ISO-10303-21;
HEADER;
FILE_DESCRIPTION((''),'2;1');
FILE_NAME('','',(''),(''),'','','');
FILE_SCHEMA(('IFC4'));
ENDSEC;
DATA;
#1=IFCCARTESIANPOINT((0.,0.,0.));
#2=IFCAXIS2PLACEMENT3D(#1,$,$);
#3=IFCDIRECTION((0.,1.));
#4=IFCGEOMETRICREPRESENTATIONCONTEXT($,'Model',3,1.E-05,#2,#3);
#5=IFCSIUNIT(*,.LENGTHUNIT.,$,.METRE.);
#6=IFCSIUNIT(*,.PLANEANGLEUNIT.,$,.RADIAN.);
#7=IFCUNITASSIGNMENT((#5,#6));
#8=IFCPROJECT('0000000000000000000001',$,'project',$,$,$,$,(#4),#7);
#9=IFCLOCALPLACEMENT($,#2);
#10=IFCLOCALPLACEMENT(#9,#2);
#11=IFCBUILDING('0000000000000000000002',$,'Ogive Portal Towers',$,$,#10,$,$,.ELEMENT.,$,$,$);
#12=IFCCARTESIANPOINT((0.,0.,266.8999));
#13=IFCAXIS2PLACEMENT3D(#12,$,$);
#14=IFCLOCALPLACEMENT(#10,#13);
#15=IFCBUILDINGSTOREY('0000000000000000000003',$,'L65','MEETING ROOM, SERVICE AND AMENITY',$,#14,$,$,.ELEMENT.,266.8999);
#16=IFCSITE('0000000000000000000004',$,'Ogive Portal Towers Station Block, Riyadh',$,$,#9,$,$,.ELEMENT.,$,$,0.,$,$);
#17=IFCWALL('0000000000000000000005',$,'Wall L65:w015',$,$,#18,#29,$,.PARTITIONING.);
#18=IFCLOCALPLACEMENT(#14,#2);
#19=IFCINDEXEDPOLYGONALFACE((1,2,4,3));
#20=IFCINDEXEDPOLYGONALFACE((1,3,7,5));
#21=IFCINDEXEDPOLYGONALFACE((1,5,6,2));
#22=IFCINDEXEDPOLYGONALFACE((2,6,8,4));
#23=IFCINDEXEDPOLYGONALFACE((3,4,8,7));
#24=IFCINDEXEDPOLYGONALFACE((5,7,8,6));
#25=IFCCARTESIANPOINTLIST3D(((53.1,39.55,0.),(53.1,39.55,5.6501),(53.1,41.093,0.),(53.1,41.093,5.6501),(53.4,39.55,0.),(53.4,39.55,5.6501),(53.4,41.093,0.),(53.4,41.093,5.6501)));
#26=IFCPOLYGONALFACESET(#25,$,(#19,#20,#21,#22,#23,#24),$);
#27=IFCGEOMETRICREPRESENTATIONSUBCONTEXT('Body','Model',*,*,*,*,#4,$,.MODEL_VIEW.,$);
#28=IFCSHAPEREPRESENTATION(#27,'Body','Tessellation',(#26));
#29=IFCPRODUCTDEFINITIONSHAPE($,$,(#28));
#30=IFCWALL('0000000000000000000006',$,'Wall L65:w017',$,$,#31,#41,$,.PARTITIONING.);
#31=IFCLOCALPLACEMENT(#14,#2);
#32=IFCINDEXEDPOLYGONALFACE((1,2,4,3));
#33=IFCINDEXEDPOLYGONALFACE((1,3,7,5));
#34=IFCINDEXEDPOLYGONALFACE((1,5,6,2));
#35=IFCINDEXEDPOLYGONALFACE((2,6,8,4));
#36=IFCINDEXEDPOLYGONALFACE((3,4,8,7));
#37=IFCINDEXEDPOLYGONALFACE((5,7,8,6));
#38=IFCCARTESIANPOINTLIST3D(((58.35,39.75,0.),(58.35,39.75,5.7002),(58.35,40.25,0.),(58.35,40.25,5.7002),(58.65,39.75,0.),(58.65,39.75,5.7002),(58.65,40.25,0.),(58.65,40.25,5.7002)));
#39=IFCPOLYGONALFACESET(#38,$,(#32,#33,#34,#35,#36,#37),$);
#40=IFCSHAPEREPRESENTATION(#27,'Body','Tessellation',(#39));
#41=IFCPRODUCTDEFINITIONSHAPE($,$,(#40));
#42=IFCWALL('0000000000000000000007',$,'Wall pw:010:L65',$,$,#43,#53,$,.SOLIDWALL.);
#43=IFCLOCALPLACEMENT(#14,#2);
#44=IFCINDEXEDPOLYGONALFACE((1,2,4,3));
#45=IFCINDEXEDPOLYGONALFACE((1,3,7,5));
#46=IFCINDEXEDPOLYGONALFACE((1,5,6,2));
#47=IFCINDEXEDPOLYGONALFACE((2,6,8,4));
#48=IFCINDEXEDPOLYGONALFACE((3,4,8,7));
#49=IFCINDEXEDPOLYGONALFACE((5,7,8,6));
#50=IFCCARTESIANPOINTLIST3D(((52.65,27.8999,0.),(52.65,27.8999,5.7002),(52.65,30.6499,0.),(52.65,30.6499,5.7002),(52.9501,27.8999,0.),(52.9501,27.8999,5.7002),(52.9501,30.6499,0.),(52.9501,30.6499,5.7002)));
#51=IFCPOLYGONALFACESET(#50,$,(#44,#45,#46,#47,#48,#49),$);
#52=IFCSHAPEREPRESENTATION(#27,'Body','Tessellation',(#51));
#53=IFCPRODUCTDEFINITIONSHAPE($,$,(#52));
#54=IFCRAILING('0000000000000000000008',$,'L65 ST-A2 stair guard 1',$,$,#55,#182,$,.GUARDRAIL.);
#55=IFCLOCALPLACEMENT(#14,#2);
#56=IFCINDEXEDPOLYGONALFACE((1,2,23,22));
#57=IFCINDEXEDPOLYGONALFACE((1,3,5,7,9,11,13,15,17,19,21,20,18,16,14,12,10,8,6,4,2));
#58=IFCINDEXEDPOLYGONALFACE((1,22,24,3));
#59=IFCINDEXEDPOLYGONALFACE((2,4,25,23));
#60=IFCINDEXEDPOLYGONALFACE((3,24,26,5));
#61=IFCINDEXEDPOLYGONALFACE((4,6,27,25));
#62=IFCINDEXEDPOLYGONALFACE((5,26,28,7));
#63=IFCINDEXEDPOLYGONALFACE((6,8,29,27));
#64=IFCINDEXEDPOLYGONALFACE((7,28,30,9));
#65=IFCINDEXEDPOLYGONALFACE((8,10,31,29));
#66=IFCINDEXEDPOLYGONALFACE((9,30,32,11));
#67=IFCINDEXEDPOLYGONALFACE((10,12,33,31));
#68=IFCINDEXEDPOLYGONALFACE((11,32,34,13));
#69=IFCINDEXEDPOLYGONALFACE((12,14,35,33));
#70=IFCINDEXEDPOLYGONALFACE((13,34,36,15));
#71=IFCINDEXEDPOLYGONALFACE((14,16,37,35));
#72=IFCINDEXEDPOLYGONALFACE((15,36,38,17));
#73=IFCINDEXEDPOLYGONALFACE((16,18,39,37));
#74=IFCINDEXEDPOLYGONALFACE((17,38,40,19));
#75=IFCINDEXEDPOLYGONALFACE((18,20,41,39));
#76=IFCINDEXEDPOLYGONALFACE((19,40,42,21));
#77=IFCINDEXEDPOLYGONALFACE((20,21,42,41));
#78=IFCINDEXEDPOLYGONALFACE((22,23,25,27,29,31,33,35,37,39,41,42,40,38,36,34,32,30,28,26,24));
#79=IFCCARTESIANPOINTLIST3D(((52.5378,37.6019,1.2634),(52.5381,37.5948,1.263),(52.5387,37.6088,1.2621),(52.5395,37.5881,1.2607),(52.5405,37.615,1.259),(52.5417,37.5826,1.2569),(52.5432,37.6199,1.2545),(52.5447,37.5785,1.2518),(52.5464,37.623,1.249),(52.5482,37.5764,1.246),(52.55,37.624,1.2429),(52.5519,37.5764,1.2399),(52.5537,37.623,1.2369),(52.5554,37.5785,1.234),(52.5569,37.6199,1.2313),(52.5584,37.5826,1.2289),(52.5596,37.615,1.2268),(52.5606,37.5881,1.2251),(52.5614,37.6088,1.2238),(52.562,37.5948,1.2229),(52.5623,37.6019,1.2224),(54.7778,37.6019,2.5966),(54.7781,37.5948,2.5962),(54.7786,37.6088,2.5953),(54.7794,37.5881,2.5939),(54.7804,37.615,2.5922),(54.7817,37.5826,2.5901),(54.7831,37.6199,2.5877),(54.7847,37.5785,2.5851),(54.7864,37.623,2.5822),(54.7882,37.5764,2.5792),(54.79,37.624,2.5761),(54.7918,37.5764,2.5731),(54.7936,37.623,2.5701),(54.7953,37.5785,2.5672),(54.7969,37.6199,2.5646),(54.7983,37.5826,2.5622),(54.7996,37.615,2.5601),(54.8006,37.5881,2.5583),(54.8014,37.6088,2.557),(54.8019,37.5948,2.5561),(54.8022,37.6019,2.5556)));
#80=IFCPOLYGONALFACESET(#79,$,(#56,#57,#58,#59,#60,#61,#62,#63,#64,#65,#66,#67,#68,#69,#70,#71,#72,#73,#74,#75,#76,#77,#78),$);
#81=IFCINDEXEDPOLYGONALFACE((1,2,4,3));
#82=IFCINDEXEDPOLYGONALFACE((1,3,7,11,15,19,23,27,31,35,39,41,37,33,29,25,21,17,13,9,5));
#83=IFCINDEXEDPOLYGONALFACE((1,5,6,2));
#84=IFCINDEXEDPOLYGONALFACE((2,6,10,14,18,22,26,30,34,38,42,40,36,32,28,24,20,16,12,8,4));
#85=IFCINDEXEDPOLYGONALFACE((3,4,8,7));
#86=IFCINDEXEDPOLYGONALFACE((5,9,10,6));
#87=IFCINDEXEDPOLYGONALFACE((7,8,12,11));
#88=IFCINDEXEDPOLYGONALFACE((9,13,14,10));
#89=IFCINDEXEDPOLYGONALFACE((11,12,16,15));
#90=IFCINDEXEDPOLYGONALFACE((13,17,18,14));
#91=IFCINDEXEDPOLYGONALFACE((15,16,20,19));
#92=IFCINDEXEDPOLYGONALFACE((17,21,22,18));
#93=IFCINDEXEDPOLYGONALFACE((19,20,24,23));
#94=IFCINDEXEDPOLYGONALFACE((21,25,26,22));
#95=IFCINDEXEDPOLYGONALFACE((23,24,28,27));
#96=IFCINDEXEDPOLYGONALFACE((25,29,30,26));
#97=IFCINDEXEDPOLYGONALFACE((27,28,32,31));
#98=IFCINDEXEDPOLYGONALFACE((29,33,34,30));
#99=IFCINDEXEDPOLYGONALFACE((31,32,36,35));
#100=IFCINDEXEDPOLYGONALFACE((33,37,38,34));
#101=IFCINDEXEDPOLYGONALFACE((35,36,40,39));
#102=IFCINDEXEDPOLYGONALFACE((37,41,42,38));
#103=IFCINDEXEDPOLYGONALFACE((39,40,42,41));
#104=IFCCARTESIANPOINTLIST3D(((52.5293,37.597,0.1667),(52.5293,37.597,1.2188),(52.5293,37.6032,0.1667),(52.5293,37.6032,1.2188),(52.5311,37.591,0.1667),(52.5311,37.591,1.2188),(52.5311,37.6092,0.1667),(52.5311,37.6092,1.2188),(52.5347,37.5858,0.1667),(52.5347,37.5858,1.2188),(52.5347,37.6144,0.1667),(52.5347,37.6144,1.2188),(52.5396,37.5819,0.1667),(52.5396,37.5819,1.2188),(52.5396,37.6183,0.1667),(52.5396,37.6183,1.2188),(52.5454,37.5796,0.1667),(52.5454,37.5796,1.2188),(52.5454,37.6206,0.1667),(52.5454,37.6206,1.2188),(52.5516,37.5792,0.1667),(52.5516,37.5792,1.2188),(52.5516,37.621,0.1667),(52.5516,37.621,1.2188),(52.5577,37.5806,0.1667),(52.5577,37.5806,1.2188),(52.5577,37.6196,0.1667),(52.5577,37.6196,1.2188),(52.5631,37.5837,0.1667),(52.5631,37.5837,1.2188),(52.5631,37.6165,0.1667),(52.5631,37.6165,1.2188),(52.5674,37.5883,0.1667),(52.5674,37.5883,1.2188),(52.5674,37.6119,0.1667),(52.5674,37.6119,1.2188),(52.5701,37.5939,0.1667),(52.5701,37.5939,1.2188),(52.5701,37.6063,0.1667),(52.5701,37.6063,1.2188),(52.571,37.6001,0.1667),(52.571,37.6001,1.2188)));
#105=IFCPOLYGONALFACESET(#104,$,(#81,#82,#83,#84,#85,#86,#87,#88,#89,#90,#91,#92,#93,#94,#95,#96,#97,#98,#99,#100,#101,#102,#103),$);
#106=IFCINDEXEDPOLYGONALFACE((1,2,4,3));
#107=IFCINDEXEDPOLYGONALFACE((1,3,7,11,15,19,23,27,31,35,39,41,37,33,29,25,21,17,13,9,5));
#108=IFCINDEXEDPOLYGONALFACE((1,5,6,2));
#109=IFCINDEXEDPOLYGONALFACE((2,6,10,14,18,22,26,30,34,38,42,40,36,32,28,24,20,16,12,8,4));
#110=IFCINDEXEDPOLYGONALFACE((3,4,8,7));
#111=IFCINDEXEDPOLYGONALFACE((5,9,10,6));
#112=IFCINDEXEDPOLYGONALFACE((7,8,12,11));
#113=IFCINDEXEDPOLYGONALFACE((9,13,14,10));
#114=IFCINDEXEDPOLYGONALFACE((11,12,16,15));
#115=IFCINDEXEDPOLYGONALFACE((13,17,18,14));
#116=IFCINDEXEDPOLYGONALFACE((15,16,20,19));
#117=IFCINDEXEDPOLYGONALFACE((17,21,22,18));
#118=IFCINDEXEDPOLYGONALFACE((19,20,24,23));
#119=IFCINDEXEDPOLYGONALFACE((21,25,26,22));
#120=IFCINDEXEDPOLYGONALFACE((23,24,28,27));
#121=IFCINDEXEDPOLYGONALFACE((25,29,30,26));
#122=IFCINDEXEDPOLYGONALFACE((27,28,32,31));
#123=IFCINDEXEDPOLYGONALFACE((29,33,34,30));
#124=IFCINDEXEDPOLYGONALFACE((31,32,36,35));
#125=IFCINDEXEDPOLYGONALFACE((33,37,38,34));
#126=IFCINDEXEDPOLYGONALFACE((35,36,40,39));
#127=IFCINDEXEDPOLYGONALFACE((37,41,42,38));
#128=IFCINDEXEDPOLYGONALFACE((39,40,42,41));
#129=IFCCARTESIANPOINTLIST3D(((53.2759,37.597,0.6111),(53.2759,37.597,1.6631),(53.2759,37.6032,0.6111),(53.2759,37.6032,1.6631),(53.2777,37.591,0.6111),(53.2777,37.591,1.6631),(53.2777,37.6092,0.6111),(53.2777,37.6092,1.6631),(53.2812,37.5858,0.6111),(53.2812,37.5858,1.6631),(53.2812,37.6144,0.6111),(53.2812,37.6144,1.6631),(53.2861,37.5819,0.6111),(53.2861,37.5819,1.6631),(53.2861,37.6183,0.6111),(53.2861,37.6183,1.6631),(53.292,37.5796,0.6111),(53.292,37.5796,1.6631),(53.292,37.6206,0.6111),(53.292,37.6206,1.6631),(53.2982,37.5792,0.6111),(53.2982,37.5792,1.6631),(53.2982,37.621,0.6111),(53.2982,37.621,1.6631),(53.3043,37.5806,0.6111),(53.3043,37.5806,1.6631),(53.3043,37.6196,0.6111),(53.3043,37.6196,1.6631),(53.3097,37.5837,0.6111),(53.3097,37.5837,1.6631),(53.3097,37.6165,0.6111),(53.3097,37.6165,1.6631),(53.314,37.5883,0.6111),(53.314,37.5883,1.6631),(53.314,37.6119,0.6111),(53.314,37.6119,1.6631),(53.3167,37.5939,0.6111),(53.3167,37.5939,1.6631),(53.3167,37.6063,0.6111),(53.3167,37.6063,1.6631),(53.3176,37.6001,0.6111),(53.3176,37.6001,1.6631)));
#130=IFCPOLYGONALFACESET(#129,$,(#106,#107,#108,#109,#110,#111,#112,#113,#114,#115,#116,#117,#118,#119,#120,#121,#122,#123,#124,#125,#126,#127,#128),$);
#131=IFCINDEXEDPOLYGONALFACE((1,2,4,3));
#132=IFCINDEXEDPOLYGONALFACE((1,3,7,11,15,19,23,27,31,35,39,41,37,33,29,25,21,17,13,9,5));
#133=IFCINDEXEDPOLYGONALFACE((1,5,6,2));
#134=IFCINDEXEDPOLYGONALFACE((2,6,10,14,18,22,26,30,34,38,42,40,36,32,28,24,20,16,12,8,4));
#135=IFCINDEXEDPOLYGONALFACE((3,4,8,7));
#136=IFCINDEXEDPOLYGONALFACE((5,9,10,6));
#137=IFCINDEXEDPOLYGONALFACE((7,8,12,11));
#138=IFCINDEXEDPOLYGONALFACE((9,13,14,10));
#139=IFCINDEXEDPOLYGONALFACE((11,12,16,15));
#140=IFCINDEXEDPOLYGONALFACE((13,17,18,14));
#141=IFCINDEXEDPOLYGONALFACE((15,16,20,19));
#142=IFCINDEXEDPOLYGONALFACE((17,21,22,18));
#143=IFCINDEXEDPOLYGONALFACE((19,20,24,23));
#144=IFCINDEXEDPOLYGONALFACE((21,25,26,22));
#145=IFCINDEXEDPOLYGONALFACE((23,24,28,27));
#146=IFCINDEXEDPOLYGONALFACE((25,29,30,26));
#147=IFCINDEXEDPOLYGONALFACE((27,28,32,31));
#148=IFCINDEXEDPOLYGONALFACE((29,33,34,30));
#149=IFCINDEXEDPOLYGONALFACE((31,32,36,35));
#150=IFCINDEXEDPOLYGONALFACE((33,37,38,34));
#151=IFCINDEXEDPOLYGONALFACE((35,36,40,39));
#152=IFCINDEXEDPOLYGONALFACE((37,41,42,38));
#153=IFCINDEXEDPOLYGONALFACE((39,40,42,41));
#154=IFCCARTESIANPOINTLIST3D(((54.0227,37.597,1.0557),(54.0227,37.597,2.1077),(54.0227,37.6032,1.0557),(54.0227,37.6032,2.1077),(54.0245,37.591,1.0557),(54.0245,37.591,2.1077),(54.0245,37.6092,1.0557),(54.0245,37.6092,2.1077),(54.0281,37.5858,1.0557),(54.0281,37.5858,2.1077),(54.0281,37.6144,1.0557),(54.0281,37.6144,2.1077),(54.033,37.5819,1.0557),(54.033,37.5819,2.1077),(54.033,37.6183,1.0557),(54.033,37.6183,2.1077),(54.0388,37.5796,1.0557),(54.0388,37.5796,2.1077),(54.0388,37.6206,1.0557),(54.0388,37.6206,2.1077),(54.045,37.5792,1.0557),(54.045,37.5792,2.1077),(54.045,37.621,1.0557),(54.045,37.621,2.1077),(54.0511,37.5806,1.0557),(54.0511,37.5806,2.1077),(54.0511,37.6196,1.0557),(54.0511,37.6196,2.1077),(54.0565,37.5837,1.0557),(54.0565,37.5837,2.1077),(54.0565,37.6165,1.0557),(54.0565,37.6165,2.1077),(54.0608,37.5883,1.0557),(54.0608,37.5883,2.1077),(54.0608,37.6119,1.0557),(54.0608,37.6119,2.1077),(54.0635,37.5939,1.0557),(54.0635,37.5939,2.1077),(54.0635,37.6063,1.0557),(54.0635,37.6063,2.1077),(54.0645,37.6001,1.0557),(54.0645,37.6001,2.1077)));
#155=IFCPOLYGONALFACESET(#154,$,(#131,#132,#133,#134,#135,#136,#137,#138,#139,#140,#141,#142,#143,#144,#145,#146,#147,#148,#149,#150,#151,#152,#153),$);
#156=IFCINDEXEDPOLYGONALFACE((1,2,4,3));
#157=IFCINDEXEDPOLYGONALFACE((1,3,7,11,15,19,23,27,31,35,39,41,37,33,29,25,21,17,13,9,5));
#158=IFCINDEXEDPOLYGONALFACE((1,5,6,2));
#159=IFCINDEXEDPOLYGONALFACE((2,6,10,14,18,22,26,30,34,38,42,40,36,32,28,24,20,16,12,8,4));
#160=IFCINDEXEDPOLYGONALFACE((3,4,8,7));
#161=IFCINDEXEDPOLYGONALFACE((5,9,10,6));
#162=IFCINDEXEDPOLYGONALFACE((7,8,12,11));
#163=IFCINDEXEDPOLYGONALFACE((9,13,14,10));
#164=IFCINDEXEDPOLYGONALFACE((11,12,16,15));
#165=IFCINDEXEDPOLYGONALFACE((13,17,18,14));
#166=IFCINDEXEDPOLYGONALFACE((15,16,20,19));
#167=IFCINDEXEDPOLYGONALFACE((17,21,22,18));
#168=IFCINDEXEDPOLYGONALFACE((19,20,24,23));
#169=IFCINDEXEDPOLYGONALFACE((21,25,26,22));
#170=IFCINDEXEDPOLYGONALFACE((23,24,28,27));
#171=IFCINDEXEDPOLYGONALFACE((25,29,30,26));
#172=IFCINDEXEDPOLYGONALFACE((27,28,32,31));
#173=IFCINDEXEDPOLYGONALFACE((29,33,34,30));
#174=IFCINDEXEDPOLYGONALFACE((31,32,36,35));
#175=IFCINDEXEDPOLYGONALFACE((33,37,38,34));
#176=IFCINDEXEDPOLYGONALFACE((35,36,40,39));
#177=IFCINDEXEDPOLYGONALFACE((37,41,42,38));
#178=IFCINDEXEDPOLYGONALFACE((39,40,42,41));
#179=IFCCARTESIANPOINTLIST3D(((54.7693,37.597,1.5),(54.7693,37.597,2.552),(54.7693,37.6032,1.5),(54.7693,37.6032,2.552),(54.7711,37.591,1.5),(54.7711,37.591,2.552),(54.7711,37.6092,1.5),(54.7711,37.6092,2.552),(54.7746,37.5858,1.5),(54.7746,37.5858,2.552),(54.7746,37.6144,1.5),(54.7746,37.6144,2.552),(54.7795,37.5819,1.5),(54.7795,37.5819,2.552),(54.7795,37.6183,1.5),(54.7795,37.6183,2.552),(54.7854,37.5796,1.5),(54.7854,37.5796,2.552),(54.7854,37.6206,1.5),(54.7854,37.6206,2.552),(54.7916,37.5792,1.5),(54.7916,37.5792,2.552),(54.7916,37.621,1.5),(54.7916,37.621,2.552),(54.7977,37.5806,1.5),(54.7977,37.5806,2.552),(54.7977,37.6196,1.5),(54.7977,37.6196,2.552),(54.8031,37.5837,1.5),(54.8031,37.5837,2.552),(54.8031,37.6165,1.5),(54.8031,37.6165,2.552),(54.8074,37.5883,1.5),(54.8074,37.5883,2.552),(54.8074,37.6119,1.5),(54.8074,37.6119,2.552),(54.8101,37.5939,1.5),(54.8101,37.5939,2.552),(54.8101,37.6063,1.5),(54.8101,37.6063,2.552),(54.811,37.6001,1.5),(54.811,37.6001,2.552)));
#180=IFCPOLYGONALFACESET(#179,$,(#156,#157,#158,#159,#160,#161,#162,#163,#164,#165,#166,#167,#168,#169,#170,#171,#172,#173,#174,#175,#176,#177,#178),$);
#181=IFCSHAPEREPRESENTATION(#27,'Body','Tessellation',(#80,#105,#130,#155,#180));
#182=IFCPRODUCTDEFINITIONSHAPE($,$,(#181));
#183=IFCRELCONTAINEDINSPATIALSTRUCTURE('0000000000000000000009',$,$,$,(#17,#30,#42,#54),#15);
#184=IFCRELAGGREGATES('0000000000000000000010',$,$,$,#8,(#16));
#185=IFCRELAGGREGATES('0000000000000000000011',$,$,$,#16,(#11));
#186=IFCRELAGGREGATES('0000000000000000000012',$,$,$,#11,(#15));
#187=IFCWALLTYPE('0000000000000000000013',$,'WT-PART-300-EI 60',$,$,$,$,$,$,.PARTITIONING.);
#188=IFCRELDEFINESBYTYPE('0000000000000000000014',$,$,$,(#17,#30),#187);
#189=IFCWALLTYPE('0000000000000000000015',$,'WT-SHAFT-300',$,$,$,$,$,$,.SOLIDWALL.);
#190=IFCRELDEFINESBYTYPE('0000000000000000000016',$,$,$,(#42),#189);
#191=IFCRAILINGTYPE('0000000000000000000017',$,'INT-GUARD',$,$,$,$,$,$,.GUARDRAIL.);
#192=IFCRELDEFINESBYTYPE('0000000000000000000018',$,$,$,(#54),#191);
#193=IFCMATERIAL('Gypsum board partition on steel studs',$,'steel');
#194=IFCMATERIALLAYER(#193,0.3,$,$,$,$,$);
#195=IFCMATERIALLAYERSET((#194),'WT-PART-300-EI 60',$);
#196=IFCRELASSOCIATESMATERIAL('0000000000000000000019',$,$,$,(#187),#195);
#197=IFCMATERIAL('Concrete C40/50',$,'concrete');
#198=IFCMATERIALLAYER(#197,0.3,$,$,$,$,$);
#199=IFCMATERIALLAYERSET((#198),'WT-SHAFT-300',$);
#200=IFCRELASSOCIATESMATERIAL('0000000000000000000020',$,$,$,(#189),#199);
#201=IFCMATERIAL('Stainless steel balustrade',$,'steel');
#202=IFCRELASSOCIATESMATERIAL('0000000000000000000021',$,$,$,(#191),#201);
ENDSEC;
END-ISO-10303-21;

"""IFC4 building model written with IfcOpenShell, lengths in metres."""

from ifc_helpers import new_model, si_unit, direction, frame, frame_2d, origin, origin_2d, place, context, subcontext, project, spatial, rectangle, circle, extrude, material, layer, layer_set, type_object, element, save


model = new_model("IFC4")

# Units and contexts
model_context = context("Model", 3, precision=1e-05, world=origin(), true_north=direction((0.0, 1.0)))
body_context = subcontext(model_context, "Body", "Model", "MODEL_VIEW")
ifc_project = project(units=[si_unit("LENGTHUNIT", "METRE"), si_unit("PLANEANGLEUNIT", "RADIAN")], contexts=[model_context])

# Site, building, storey
site_placement = place(None, origin())
site = spatial("IfcSite", under=ifc_project, at=site_placement, Name="Ogive Portal Towers Station Block, Riyadh", CompositionType="ELEMENT", RefElevation=0.0)
building_placement = place(site_placement, origin())
building = spatial("IfcBuilding", under=site, at=building_placement, Name="Ogive Portal Towers", CompositionType="ELEMENT")
storey_placement = place(building_placement, frame((0.0, 0.0, 266.8999)))
storey = spatial("IfcBuildingStorey", under=building, at=storey_placement, Name="L65", Description="MEETING ROOM, SERVICE AND AMENITY", CompositionType="ELEMENT", Elevation=266.8999)

# Shared definitions
ifc_material_1 = material(Name="Gypsum board partition on steel studs", Category="steel")

# Walls
ifc_layer_1 = layer(ifc_material_1, 0.3)
ifc_layer_set_1 = layer_set([ifc_layer_1], Name="WT-PART-300-EI 60")
wall_type_1 = type_object("IfcWallType", Name="WT-PART-300-EI 60", PredefinedType="PARTITIONING", material=ifc_layer_set_1)
wall_1_placement = place(storey_placement, frame((53.25, 39.55, 0.0), z_axis=(0.0, 0.0, 1.0), x_axis=(0.0, 1.0, 0.0)))
element("IfcWall", 1, at=wall_1_placement, inside=storey, type_object=wall_type_1, Name="Wall L65:w015", PredefinedType="PARTITIONING", context=body_context, shape_type="SweptSolid", body=[
    extrude(rectangle(XDim=1.543, YDim=0.3, at=frame_2d((0.7715, 0.0))), origin(), (0.0, 0.0, 1.0), 5.6501),
])
wall_2_placement = place(storey_placement, frame((58.5, 39.75, 0.0), z_axis=(0.0, 0.0, 1.0), x_axis=(0.0, 1.0, 0.0)))
element("IfcWall", 2, at=wall_2_placement, inside=storey, type_object=wall_type_1, Name="Wall L65:w017", PredefinedType="PARTITIONING", context=body_context, shape_type="SweptSolid", body=[
    extrude(rectangle(XDim=0.5, YDim=0.3, at=frame_2d((0.25, 0.0))), origin(), (0.0, 0.0, 1.0), 5.7002),
])

# Shared definitions
ifc_material_2 = material(Name="Concrete C40/50", Category="concrete")
ifc_layer_2 = layer(ifc_material_2, 0.3)
ifc_layer_set_2 = layer_set([ifc_layer_2], Name="WT-SHAFT-300")
wall_type_2 = type_object("IfcWallType", Name="WT-SHAFT-300", PredefinedType="SOLIDWALL", material=ifc_layer_set_2)

# Wall
wall_3_placement = place(storey_placement, frame((52.8, 27.8999, 0.0), z_axis=(0.0, 0.0, 1.0), x_axis=(0.0, 1.0, 0.0)))
element("IfcWall", 3, at=wall_3_placement, inside=storey, type_object=wall_type_2, Name="Wall pw:010:L65", PredefinedType="SOLIDWALL", context=body_context, shape_type="SweptSolid", body=[
    extrude(rectangle(XDim=2.75, YDim=0.3, at=frame_2d((1.375, 0.0))), origin(), (0.0, 0.0, 1.0), 5.7002),
])

# Railing
ifc_material_3 = material(Name="Stainless steel balustrade", Category="steel")
railing_type_1 = type_object("IfcRailingType", Name="INT-GUARD", PredefinedType="GUARDRAIL", material=ifc_material_3)
railing_1_placement = place(storey_placement, frame((52.55, 37.6001, 0.1667)))
element("IfcRailing", 4, at=railing_1_placement, inside=storey, type_object=railing_type_1, Name="L65 ST-A2 stair guard 1", PredefinedType="GUARDRAIL", context=body_context, shape_type="SweptSolid", body=[
    extrude(circle(Radius=0.0239, at=origin_2d()), frame((0.0, 0.0, 1.0762), z_axis=(0.859306, 0.0, 0.511462), x_axis=(0.0, 1.0, 0.0)), (0.0, 0.0, 1.0), 2.6067),
    extrude(circle(Radius=0.021, at=origin_2d()), origin(), (0.0, 0.0, 1.0), 1.052),
    extrude(circle(Radius=0.021, at=origin_2d()), frame((0.7466, 0.0, 0.4443)), (0.0, 0.0, 1.0), 1.052),
    extrude(circle(Radius=0.021, at=origin_2d()), frame((1.4934, 0.0, 0.8889)), (0.0, 0.0, 1.0), 1.052),
    extrude(circle(Radius=0.021, at=origin_2d()), frame((2.24, 0.0, 1.3333)), (0.0, 0.0, 1.0), 1.052),
])

save(model, "model.ifc")
